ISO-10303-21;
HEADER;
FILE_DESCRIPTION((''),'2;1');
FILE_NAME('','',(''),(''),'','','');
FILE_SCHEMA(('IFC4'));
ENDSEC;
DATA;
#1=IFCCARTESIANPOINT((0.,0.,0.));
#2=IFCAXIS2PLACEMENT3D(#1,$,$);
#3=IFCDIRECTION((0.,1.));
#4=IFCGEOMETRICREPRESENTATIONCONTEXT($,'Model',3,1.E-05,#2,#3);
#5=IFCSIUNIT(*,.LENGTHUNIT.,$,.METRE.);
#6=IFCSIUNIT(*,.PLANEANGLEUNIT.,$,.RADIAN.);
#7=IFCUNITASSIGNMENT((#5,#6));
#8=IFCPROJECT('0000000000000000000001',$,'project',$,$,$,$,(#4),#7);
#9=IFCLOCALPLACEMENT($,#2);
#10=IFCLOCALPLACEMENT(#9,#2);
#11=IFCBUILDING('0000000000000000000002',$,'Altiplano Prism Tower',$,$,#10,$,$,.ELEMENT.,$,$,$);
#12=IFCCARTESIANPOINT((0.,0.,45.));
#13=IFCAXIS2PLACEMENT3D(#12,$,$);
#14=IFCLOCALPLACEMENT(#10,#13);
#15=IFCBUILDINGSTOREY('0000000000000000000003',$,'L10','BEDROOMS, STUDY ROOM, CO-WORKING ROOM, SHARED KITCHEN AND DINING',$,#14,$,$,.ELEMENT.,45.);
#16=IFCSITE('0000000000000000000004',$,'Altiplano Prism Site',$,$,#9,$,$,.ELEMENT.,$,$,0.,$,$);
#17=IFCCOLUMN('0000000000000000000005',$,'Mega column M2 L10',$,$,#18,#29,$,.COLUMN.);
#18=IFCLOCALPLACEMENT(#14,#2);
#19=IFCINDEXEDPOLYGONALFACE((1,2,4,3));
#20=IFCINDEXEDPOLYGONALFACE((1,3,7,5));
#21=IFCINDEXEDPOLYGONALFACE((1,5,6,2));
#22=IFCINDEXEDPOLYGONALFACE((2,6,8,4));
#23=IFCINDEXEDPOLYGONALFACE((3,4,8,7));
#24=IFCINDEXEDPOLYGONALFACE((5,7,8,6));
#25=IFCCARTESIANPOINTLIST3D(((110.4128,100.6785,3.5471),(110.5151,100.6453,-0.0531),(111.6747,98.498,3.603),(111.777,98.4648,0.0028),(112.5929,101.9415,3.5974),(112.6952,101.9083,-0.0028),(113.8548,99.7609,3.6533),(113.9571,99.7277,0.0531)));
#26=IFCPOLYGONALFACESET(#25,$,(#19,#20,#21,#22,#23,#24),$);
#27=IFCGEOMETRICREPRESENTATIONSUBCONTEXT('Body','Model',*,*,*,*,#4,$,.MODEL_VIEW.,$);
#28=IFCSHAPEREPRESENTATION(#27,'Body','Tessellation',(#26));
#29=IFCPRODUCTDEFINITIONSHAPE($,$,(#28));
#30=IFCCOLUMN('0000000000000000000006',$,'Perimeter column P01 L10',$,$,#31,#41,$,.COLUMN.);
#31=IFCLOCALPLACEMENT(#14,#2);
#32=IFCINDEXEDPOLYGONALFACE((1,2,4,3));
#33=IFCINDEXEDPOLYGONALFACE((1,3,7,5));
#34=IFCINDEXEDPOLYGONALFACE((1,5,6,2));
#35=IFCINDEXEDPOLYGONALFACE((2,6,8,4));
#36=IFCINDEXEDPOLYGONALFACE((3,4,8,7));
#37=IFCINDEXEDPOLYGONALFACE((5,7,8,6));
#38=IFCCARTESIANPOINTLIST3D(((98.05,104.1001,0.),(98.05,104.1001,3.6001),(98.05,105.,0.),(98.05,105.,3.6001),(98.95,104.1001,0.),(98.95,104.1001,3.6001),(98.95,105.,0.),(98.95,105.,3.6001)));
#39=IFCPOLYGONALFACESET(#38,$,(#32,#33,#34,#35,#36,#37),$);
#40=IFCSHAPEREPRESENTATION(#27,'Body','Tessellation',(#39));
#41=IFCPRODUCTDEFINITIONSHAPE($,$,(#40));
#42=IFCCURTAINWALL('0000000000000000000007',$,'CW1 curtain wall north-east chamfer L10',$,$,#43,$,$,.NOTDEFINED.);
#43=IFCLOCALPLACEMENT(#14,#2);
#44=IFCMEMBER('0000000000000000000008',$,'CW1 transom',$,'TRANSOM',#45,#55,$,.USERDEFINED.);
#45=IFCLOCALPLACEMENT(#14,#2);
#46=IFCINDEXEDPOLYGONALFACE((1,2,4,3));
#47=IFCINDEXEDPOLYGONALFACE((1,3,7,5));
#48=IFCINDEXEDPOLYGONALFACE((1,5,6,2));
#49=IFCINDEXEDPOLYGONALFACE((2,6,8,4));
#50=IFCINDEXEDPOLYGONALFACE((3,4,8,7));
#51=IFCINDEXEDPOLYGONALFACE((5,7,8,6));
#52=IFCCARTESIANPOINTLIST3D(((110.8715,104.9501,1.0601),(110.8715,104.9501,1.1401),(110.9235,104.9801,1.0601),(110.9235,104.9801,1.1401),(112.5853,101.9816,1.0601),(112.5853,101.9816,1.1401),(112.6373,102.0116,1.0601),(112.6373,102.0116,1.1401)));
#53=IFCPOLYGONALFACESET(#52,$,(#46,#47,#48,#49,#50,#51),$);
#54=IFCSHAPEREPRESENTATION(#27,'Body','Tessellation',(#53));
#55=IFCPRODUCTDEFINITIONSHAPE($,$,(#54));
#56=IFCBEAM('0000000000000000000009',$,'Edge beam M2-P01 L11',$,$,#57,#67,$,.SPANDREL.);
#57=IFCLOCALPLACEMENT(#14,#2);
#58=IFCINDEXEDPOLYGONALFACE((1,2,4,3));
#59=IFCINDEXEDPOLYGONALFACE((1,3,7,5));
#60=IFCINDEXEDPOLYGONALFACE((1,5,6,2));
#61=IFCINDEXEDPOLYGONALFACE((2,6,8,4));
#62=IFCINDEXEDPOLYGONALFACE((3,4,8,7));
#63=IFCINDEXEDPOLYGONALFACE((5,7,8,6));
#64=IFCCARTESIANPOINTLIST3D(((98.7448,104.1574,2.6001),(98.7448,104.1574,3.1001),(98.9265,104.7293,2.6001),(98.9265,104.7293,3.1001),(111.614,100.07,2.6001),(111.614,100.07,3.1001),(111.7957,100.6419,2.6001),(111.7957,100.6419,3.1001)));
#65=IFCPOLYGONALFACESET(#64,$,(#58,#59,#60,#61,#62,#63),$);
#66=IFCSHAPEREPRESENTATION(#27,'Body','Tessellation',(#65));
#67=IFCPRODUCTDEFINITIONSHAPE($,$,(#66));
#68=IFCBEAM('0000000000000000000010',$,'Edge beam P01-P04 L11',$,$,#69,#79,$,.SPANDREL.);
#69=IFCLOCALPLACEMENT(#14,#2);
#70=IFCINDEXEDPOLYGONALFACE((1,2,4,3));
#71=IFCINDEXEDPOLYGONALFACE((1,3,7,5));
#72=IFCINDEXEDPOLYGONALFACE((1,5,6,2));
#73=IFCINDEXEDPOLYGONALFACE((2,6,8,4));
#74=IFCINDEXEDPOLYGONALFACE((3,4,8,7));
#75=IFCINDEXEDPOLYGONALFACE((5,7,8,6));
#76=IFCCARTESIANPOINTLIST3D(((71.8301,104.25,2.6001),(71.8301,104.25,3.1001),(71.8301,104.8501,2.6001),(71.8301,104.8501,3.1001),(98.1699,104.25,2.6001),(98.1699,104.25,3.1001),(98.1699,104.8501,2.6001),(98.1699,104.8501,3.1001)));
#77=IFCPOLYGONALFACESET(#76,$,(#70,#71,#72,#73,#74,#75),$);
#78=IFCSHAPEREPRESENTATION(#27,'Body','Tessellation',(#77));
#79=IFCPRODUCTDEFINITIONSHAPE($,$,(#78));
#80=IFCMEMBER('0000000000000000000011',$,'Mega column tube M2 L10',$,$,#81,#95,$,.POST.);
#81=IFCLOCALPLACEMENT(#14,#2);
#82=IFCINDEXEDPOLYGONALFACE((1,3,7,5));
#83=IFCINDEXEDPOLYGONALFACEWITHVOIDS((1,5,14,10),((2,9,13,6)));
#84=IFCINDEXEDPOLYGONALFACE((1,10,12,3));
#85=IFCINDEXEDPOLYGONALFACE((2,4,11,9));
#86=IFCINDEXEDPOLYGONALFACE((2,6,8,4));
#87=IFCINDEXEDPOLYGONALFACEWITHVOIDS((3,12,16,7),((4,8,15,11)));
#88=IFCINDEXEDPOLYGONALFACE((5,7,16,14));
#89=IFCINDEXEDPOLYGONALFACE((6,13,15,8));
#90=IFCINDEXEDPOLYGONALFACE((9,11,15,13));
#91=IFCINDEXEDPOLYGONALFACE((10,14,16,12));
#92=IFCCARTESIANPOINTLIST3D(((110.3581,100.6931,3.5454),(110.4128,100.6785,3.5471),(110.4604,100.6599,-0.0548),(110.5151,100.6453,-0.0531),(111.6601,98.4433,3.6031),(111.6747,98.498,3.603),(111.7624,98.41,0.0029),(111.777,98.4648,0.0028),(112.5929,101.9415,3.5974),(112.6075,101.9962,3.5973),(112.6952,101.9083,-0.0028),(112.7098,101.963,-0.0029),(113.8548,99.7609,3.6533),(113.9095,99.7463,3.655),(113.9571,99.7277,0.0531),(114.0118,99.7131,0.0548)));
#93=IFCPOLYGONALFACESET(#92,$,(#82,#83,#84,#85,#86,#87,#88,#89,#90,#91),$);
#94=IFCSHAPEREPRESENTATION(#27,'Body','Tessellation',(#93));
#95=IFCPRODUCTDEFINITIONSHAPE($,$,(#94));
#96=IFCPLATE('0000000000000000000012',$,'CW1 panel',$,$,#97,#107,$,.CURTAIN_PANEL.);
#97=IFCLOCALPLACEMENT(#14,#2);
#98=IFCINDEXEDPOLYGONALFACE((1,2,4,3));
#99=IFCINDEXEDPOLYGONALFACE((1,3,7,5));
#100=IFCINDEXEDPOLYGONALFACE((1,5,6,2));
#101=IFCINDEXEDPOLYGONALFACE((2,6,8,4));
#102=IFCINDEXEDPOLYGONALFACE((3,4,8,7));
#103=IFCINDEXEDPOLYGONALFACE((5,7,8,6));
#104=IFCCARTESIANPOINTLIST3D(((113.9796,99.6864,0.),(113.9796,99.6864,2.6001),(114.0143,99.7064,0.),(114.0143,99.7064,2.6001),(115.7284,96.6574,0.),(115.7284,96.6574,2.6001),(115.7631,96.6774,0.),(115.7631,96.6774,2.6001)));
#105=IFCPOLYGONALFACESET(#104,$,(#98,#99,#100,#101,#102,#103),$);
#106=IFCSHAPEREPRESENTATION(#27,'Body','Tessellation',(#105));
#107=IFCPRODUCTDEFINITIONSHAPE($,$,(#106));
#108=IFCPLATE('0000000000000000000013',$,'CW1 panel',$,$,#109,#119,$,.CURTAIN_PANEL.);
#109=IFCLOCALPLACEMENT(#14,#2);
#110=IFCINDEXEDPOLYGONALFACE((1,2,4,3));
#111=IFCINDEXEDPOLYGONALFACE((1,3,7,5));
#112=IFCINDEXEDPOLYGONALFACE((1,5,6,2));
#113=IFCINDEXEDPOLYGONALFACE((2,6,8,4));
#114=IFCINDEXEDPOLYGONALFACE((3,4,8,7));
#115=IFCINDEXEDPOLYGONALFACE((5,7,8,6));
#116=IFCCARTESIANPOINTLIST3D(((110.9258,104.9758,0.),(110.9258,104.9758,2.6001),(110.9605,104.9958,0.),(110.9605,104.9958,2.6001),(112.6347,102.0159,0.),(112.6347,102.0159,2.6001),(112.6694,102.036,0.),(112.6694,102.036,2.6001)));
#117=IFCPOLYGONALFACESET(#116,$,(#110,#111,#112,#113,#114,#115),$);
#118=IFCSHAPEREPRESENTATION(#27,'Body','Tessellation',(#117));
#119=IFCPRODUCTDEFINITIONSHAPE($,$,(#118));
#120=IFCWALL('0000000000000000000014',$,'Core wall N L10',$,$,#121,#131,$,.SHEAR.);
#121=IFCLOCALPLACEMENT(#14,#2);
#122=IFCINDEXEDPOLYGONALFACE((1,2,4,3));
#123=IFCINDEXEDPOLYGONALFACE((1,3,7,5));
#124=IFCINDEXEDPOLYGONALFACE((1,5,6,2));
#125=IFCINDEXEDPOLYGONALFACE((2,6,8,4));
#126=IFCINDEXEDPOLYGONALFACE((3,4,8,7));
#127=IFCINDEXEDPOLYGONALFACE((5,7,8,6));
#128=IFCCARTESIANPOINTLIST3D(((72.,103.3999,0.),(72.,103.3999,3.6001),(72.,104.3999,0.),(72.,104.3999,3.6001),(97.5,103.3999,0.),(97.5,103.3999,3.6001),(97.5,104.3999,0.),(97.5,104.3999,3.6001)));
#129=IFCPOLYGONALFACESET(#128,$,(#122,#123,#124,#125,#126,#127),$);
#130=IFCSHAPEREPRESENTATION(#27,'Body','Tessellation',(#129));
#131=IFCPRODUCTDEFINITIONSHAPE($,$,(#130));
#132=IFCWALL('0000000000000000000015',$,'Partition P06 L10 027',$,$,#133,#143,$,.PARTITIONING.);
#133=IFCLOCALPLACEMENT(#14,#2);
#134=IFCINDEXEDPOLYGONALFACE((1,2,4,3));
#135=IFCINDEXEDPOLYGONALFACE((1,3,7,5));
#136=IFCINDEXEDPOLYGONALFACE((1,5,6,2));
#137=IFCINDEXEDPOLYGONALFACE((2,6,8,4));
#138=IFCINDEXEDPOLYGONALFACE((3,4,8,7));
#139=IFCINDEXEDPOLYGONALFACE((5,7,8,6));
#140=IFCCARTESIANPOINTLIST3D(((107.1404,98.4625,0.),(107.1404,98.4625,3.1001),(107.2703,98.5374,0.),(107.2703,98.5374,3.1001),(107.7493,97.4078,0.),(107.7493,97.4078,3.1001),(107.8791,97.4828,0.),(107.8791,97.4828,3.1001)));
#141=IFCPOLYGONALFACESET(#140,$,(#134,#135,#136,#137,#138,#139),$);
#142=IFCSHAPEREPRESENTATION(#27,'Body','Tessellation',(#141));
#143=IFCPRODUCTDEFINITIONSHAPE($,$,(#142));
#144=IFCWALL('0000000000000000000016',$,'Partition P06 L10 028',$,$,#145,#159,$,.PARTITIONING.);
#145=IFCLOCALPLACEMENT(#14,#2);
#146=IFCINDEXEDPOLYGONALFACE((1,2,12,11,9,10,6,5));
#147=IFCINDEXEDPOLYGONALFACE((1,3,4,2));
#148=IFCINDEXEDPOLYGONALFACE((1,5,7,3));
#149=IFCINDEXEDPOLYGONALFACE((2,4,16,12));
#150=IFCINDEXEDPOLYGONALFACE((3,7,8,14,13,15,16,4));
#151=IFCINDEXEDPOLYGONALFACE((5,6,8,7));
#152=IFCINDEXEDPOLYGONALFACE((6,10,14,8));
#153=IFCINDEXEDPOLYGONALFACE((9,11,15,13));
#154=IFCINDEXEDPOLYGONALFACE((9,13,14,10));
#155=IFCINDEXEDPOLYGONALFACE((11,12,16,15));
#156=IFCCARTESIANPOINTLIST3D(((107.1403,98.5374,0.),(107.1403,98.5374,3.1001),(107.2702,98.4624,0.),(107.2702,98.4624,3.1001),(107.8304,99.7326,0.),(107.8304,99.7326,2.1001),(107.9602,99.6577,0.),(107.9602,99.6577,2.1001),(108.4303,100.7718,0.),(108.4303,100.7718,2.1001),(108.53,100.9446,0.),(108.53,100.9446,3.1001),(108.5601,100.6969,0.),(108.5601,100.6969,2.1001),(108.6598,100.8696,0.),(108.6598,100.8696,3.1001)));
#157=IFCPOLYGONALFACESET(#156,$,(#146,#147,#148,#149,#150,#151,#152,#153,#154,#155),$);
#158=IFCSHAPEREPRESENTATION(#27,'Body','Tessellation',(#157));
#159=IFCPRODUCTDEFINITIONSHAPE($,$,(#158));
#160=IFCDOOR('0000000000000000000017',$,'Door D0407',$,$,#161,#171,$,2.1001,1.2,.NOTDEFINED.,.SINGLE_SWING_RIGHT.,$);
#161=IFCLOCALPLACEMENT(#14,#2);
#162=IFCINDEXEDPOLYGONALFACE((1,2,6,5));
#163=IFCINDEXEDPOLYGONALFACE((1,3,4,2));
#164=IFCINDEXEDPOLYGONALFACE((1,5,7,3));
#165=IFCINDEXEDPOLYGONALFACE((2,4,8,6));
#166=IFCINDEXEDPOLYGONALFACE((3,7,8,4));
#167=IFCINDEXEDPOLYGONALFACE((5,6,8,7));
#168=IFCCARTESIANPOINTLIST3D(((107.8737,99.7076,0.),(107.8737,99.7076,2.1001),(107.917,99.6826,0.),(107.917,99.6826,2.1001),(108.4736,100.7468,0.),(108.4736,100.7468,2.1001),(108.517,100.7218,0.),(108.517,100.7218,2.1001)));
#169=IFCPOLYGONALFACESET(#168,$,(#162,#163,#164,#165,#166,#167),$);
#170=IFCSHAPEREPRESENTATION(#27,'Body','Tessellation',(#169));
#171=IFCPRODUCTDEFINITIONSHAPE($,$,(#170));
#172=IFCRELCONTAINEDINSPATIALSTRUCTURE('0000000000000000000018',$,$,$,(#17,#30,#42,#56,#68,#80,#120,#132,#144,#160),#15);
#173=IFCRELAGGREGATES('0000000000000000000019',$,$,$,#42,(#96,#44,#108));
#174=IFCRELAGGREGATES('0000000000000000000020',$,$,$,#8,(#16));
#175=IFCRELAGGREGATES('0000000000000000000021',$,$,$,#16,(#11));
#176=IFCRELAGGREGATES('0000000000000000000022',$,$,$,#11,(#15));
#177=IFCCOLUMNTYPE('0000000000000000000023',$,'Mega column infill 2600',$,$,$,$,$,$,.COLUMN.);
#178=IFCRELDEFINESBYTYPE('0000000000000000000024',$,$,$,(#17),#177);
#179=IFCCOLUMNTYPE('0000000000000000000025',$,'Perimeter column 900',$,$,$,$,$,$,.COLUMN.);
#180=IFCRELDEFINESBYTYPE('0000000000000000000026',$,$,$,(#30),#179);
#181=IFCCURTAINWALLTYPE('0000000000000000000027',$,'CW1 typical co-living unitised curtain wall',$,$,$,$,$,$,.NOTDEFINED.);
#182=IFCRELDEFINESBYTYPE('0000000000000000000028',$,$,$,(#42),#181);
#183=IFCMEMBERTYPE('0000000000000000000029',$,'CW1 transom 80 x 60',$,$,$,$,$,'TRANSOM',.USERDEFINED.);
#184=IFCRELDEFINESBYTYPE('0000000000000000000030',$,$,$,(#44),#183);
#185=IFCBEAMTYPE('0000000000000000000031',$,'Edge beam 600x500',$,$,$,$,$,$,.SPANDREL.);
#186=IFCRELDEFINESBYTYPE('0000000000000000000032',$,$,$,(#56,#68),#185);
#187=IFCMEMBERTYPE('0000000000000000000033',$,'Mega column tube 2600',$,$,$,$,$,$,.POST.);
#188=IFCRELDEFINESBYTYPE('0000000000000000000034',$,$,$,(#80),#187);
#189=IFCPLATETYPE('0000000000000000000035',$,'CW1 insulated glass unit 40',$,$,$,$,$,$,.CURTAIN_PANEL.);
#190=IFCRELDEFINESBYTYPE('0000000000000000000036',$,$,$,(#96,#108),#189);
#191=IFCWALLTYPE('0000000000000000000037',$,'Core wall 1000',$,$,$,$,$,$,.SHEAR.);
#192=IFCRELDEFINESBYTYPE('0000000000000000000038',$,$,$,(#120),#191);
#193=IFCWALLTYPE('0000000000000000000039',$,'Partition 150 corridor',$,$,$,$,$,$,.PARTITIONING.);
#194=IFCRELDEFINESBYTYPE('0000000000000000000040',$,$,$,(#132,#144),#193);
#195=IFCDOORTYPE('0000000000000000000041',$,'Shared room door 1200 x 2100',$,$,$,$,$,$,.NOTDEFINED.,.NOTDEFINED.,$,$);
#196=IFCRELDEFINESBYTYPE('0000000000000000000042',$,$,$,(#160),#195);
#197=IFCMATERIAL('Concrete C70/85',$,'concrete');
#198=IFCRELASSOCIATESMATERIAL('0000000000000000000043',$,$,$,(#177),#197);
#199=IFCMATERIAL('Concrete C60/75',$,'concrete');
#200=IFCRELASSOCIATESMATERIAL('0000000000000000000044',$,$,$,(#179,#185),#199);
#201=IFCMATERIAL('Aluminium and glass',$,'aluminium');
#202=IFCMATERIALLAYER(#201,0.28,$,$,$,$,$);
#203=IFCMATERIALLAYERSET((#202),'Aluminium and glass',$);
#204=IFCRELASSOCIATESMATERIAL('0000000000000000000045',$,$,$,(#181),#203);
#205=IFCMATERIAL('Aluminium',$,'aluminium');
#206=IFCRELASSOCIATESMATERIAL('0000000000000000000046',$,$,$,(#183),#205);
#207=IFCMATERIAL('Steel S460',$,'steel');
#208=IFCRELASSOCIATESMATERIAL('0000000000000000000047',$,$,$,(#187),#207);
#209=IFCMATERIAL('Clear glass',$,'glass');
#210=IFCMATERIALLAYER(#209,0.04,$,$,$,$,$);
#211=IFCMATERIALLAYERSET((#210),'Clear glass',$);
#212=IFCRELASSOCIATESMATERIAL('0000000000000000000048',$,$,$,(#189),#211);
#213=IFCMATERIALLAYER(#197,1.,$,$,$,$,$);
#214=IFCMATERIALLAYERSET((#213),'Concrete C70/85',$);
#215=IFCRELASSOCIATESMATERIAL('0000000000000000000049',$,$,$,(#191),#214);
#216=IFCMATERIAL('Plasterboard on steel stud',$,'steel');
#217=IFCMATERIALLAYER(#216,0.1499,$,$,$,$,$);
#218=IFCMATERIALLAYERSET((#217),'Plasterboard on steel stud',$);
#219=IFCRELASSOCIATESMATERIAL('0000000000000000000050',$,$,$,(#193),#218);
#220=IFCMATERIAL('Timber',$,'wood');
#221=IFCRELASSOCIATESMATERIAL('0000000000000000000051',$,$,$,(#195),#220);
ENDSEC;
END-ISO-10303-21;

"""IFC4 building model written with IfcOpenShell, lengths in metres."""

from ifc_helpers import new_model, si_unit, direction, frame, frame_2d, origin, origin_2d, place, context, subcontext, project, spatial, rectangle, hollow_rectangle, extrude, material, layer, layer_set, material_profile, profile_set, type_object, element, fill, aggregate, save


model = new_model("IFC4")

# Units and contexts
model_context = context("Model", 3, precision=1e-05, world=origin(), true_north=direction((0.0, 1.0)))
body_context = subcontext(model_context, "Body", "Model", "MODEL_VIEW")
ifc_project = project(units=[si_unit("LENGTHUNIT", "METRE"), si_unit("PLANEANGLEUNIT", "RADIAN")], contexts=[model_context])

# Site, building, storey
site_placement = place(None, origin())
site = spatial("IfcSite", under=ifc_project, at=site_placement, Name="Altiplano Prism Site", CompositionType="ELEMENT", RefElevation=0.0)
building_placement = place(site_placement, origin())
building = spatial("IfcBuilding", under=site, at=building_placement, Name="Altiplano Prism Tower", CompositionType="ELEMENT")
storey_placement = place(building_placement, frame((0.0, 0.0, 45.0)))
storey = spatial("IfcBuildingStorey", under=building, at=storey_placement, Name="L10", Description="BEDROOMS, STUDY ROOM, CO-WORKING ROOM, SHARED KITCHEN AND DINING", CompositionType="ELEMENT", Elevation=45.0)

# Columns
ifc_material_1 = material(Name="Concrete C70/85", Category="concrete")
ifc_material_profile_1 = material_profile(ifc_material_1, rectangle(XDim=2.52, YDim=2.52, at=origin_2d()), Name="Mega column infill 2600")
ifc_profile_set_1 = profile_set([ifc_material_profile_1], Name="Concrete C70/85")
column_type_1 = type_object("IfcColumnType", Name="Mega column infill 2600", PredefinedType="COLUMN", material=ifc_profile_set_1)
column_1_placement = place(storey_placement, frame((112.2361, 100.1865, 0.0), z_axis=(-0.028402, 0.009219, 0.999554), x_axis=(0.500757, -0.865303, 0.022209)))
element("IfcColumn", 1, at=column_1_placement, inside=storey, type_object=column_type_1, Name="Mega column M2 L10", PredefinedType="COLUMN", context=body_context, shape_type="SweptSolid", body=[
    extrude(rectangle(XDim=2.52, YDim=2.52, at=origin_2d()), origin(), (0.0, 0.0, 1.0), 3.6018),
])
ifc_material_2 = material(Name="Concrete C60/75", Category="concrete")
ifc_material_profile_2 = material_profile(ifc_material_2, rectangle(XDim=0.8999, YDim=0.8999, at=origin_2d()), Name="Perimeter column 900")
ifc_profile_set_2 = profile_set([ifc_material_profile_2], Name="Concrete C60/75")
column_type_2 = type_object("IfcColumnType", Name="Perimeter column 900", PredefinedType="COLUMN", material=ifc_profile_set_2)
column_2_placement = place(storey_placement, frame((98.5, 104.55, 0.0), z_axis=(0.0, 0.0, 1.0), x_axis=(1.0, 0.0, 0.0)))
element("IfcColumn", 2, at=column_2_placement, inside=storey, type_object=column_type_2, Name="Perimeter column P01 L10", PredefinedType="COLUMN", context=body_context, shape_type="SweptSolid", body=[
    extrude(rectangle(XDim=0.8999, YDim=0.8999, at=origin_2d()), origin(), (0.0, 0.0, 1.0), 3.6001),
])

# Curtain wall, member
ifc_material_3 = material(Name="Aluminium and glass", Category="aluminium")
ifc_layer_1 = layer(ifc_material_3, 0.28)
ifc_layer_set_1 = layer_set([ifc_layer_1], Name="Aluminium and glass")
curtain_wall_type = type_object("IfcCurtainWallType", Name="CW1 typical co-living unitised curtain wall", PredefinedType="NOTDEFINED", material=ifc_layer_set_1)
curtain_wall_placement = place(storey_placement, origin())
curtain_wall = element("IfcCurtainWall", 3, at=curtain_wall_placement, inside=storey, type_object=curtain_wall_type, Name="CW1 curtain wall north-east chamfer L10", PredefinedType="NOTDEFINED")
ifc_material_4 = material(Name="Aluminium", Category="aluminium")
ifc_material_profile_3 = material_profile(ifc_material_4, rectangle(XDim=0.0601, YDim=0.0801, at=origin_2d()), Name="CW1 transom 80 x 60")
ifc_profile_set_3 = profile_set([ifc_material_profile_3], Name="Aluminium")
member_type_1 = type_object("IfcMemberType", Name="CW1 transom 80 x 60", ElementType="TRANSOM", PredefinedType="USERDEFINED", material=ifc_profile_set_3)
member_1_placement = place(storey_placement, frame((112.6113, 101.9966, 1.1001), z_axis=(-0.5, 0.866025, 0.0), x_axis=(-0.866025, -0.5, 0.0)))
member_1 = element("IfcMember", 4, at=member_1_placement, type_object=member_type_1, Name="CW1 transom", ObjectType="TRANSOM", PredefinedType="USERDEFINED", context=body_context, shape_type="SweptSolid", body=[
    extrude(rectangle(XDim=0.0601, YDim=0.0801, at=origin_2d()), origin(), (0.0, 0.0, 1.0), 3.4277),
])

# Beams
ifc_material_profile_4 = material_profile(ifc_material_2, rectangle(XDim=0.6001, YDim=0.5, at=origin_2d()), Name="Edge beam 600x500")
ifc_profile_set_4 = profile_set([ifc_material_profile_4], Name="Concrete C60/75")
beam_type = type_object("IfcBeamType", Name="Edge beam 600x500", PredefinedType="SPANDREL", material=ifc_profile_set_4)
beam_1_placement = place(storey_placement, frame((111.7048, 100.356, 2.8501), z_axis=(-0.953082, 0.302711, 0.0), x_axis=(-0.302711, -0.953082, 0.0)))
element("IfcBeam", 5, at=beam_1_placement, inside=storey, type_object=beam_type, Name="Edge beam M2-P01 L11", PredefinedType="SPANDREL", context=body_context, shape_type="SweptSolid", body=[
    extrude(rectangle(XDim=0.6001, YDim=0.5, at=origin_2d()), origin(), (0.0, 0.0, 1.0), 13.5027),
])
beam_2_placement = place(storey_placement, frame((98.1699, 104.55, 2.8501), z_axis=(-1.0, 0.0, 0.0), x_axis=(0.0, -1.0, 0.0)))
element("IfcBeam", 6, at=beam_2_placement, inside=storey, type_object=beam_type, Name="Edge beam P01-P04 L11", PredefinedType="SPANDREL", context=body_context, shape_type="SweptSolid", body=[
    extrude(rectangle(XDim=0.6001, YDim=0.5, at=origin_2d()), origin(), (0.0, 0.0, 1.0), 26.3398),
])

# Member
ifc_material_5 = material(Name="Steel S460", Category="steel")
ifc_material_profile_5 = material_profile(ifc_material_5, hollow_rectangle(XDim=2.6001, YDim=2.6001, WallThickness=0.04, at=origin_2d()), Name="Mega column tube 2600")
ifc_profile_set_5 = profile_set([ifc_material_profile_5], Name="Steel S460")
member_type_2 = type_object("IfcMemberType", Name="Mega column tube 2600", PredefinedType="POST", material=ifc_profile_set_5)
member_2_placement = place(storey_placement, frame((112.2361, 100.1865, 0.0), z_axis=(-0.028402, 0.009219, 0.999554), x_axis=(0.500757, -0.865303, 0.022209)))
element("IfcMember", 7, at=member_2_placement, inside=storey, type_object=member_type_2, Name="Mega column tube M2 L10", PredefinedType="POST", context=body_context, shape_type="SweptSolid", body=[
    extrude(hollow_rectangle(XDim=2.6001, YDim=2.6001, WallThickness=0.04, at=origin_2d()), origin(), (0.0, 0.0, 1.0), 3.6018),
])

# Plates
ifc_material_6 = material(Name="Clear glass", Category="glass")
ifc_layer_2 = layer(ifc_material_6, 0.04)
ifc_layer_set_2 = layer_set([ifc_layer_2], Name="Clear glass")
plate_type = type_object("IfcPlateType", Name="CW1 insulated glass unit 40", PredefinedType="CURTAIN_PANEL", material=ifc_layer_set_2)
plate_1_placement = place(storey_placement, frame((114.8713, 98.1819, 0.0), z_axis=(0.0, 0.0, 1.0), x_axis=(-0.5, 0.866025, 0.0)))
plate_1 = element("IfcPlate", 8, at=plate_1_placement, type_object=plate_type, Name="CW1 panel", PredefinedType="CURTAIN_PANEL", context=body_context, shape_type="SweptSolid", body=[
    extrude(rectangle(XDim=3.4976, YDim=0.04, at=origin_2d()), origin(), (0.0, 0.0, 1.0), 2.6001),
])
plate_2_placement = place(storey_placement, frame((111.7976, 103.5059, 0.0), z_axis=(0.0, 0.0, 1.0), x_axis=(-0.5, 0.866025, 0.0)))
plate_2 = element("IfcPlate", 9, at=plate_2_placement, type_object=plate_type, Name="CW1 panel", PredefinedType="CURTAIN_PANEL", context=body_context, shape_type="SweptSolid", body=[
    extrude(rectangle(XDim=3.4177, YDim=0.04, at=origin_2d()), origin(), (0.0, 0.0, 1.0), 2.6001),
])
aggregate(curtain_wall, [plate_1, member_1, plate_2])

# Walls
ifc_layer_3 = layer(ifc_material_1, 1.0)
ifc_layer_set_3 = layer_set([ifc_layer_3], Name="Concrete C70/85")
wall_type_1 = type_object("IfcWallType", Name="Core wall 1000", PredefinedType="SHEAR", material=ifc_layer_set_3)
wall_1_placement = place(storey_placement, frame((97.5, 103.8999, 0.0), z_axis=(0.0, 0.0, 1.0), x_axis=(-1.0, 0.0, 0.0)))
element("IfcWall", 10, at=wall_1_placement, inside=storey, type_object=wall_type_1, Name="Core wall N L10", PredefinedType="SHEAR", context=body_context, shape_type="SweptSolid", body=[
    extrude(rectangle(XDim=25.5, YDim=1.0, at=frame_2d((12.75, 0.0))), origin(), (0.0, 0.0, 1.0), 3.6001),
])
ifc_material_7 = material(Name="Plasterboard on steel stud", Category="steel")
ifc_layer_4 = layer(ifc_material_7, 0.1499)
ifc_layer_set_4 = layer_set([ifc_layer_4], Name="Plasterboard on steel stud")
wall_type_2 = type_object("IfcWallType", Name="Partition 150 corridor", PredefinedType="PARTITIONING", material=ifc_layer_set_4)
wall_2_placement = place(storey_placement, frame((107.8142, 97.4453, 0.0), z_axis=(0.0, 0.0, 1.0), x_axis=(-0.499977, 0.866039, 0.0)))
element("IfcWall", 11, at=wall_2_placement, inside=storey, type_object=wall_type_2, Name="Partition P06 L10 027", PredefinedType="PARTITIONING", context=body_context, shape_type="SweptSolid", body=[
    extrude(rectangle(XDim=1.2178, YDim=0.1499, at=frame_2d((0.6089, 0.0))), origin(), (0.0, 0.0, 1.0), 3.1001),
])

# Wall, opening, door
wall_3_placement = place(storey_placement, frame((107.2053, 98.5, 0.0), z_axis=(0.0, 0.0, 1.0), x_axis=(0.499956, 0.866051, 0.0)))
wall_3 = element("IfcWall", 12, at=wall_3_placement, inside=storey, type_object=wall_type_2, Name="Partition P06 L10 028", PredefinedType="PARTITIONING", context=body_context, shape_type="SweptSolid", body=[
    extrude(rectangle(XDim=2.7795, YDim=0.1499, at=frame_2d((1.3896, 0.0))), origin(), (0.0, 0.0, 1.0), 3.1001),
])
opening_1_placement = place(wall_3_placement, frame((1.3799, 0.0, 0.0)))
opening_1 = element("IfcOpeningElement", 13, at=opening_1_placement, cuts=wall_3, PredefinedType="OPENING", context=body_context, shape_type="SweptSolid", body=[
    extrude(rectangle(XDim=1.2, YDim=2.1001, at=frame_2d((0.6001, 1.05))), frame((0.0, 0.0854, 0.0), z_axis=(0.0, -1.0, 0.0), x_axis=(1.0, 0.0, 0.0)), (0.0, 0.0, 1.0), 0.1709),
])
ifc_material_8 = material(Name="Timber", Category="wood")
door_type_1 = type_object("IfcDoorType", Name="Shared room door 1200 x 2100", OperationType="NOTDEFINED", PredefinedType="NOTDEFINED", material=ifc_material_8)
door_1_placement = place(opening_1_placement, origin())
door_1 = element("IfcDoor", 14, at=door_1_placement, inside=storey, type_object=door_type_1, Name="Door D0407", OperationType="SINGLE_SWING_RIGHT", OverallHeight=2.1001, OverallWidth=1.2, PredefinedType="NOTDEFINED", context=body_context, shape_type="SweptSolid", body=[
    extrude(rectangle(XDim=1.2, YDim=2.1001, at=frame_2d((0.6001, 1.05))), frame((0.0, 0.0249, 0.0), z_axis=(0.0, -1.0, 0.0), x_axis=(1.0, 0.0, 0.0)), (0.0, 0.0, 1.0), 0.05),
])
fill(opening_1, door_1)

save(model, "model.ifc")
